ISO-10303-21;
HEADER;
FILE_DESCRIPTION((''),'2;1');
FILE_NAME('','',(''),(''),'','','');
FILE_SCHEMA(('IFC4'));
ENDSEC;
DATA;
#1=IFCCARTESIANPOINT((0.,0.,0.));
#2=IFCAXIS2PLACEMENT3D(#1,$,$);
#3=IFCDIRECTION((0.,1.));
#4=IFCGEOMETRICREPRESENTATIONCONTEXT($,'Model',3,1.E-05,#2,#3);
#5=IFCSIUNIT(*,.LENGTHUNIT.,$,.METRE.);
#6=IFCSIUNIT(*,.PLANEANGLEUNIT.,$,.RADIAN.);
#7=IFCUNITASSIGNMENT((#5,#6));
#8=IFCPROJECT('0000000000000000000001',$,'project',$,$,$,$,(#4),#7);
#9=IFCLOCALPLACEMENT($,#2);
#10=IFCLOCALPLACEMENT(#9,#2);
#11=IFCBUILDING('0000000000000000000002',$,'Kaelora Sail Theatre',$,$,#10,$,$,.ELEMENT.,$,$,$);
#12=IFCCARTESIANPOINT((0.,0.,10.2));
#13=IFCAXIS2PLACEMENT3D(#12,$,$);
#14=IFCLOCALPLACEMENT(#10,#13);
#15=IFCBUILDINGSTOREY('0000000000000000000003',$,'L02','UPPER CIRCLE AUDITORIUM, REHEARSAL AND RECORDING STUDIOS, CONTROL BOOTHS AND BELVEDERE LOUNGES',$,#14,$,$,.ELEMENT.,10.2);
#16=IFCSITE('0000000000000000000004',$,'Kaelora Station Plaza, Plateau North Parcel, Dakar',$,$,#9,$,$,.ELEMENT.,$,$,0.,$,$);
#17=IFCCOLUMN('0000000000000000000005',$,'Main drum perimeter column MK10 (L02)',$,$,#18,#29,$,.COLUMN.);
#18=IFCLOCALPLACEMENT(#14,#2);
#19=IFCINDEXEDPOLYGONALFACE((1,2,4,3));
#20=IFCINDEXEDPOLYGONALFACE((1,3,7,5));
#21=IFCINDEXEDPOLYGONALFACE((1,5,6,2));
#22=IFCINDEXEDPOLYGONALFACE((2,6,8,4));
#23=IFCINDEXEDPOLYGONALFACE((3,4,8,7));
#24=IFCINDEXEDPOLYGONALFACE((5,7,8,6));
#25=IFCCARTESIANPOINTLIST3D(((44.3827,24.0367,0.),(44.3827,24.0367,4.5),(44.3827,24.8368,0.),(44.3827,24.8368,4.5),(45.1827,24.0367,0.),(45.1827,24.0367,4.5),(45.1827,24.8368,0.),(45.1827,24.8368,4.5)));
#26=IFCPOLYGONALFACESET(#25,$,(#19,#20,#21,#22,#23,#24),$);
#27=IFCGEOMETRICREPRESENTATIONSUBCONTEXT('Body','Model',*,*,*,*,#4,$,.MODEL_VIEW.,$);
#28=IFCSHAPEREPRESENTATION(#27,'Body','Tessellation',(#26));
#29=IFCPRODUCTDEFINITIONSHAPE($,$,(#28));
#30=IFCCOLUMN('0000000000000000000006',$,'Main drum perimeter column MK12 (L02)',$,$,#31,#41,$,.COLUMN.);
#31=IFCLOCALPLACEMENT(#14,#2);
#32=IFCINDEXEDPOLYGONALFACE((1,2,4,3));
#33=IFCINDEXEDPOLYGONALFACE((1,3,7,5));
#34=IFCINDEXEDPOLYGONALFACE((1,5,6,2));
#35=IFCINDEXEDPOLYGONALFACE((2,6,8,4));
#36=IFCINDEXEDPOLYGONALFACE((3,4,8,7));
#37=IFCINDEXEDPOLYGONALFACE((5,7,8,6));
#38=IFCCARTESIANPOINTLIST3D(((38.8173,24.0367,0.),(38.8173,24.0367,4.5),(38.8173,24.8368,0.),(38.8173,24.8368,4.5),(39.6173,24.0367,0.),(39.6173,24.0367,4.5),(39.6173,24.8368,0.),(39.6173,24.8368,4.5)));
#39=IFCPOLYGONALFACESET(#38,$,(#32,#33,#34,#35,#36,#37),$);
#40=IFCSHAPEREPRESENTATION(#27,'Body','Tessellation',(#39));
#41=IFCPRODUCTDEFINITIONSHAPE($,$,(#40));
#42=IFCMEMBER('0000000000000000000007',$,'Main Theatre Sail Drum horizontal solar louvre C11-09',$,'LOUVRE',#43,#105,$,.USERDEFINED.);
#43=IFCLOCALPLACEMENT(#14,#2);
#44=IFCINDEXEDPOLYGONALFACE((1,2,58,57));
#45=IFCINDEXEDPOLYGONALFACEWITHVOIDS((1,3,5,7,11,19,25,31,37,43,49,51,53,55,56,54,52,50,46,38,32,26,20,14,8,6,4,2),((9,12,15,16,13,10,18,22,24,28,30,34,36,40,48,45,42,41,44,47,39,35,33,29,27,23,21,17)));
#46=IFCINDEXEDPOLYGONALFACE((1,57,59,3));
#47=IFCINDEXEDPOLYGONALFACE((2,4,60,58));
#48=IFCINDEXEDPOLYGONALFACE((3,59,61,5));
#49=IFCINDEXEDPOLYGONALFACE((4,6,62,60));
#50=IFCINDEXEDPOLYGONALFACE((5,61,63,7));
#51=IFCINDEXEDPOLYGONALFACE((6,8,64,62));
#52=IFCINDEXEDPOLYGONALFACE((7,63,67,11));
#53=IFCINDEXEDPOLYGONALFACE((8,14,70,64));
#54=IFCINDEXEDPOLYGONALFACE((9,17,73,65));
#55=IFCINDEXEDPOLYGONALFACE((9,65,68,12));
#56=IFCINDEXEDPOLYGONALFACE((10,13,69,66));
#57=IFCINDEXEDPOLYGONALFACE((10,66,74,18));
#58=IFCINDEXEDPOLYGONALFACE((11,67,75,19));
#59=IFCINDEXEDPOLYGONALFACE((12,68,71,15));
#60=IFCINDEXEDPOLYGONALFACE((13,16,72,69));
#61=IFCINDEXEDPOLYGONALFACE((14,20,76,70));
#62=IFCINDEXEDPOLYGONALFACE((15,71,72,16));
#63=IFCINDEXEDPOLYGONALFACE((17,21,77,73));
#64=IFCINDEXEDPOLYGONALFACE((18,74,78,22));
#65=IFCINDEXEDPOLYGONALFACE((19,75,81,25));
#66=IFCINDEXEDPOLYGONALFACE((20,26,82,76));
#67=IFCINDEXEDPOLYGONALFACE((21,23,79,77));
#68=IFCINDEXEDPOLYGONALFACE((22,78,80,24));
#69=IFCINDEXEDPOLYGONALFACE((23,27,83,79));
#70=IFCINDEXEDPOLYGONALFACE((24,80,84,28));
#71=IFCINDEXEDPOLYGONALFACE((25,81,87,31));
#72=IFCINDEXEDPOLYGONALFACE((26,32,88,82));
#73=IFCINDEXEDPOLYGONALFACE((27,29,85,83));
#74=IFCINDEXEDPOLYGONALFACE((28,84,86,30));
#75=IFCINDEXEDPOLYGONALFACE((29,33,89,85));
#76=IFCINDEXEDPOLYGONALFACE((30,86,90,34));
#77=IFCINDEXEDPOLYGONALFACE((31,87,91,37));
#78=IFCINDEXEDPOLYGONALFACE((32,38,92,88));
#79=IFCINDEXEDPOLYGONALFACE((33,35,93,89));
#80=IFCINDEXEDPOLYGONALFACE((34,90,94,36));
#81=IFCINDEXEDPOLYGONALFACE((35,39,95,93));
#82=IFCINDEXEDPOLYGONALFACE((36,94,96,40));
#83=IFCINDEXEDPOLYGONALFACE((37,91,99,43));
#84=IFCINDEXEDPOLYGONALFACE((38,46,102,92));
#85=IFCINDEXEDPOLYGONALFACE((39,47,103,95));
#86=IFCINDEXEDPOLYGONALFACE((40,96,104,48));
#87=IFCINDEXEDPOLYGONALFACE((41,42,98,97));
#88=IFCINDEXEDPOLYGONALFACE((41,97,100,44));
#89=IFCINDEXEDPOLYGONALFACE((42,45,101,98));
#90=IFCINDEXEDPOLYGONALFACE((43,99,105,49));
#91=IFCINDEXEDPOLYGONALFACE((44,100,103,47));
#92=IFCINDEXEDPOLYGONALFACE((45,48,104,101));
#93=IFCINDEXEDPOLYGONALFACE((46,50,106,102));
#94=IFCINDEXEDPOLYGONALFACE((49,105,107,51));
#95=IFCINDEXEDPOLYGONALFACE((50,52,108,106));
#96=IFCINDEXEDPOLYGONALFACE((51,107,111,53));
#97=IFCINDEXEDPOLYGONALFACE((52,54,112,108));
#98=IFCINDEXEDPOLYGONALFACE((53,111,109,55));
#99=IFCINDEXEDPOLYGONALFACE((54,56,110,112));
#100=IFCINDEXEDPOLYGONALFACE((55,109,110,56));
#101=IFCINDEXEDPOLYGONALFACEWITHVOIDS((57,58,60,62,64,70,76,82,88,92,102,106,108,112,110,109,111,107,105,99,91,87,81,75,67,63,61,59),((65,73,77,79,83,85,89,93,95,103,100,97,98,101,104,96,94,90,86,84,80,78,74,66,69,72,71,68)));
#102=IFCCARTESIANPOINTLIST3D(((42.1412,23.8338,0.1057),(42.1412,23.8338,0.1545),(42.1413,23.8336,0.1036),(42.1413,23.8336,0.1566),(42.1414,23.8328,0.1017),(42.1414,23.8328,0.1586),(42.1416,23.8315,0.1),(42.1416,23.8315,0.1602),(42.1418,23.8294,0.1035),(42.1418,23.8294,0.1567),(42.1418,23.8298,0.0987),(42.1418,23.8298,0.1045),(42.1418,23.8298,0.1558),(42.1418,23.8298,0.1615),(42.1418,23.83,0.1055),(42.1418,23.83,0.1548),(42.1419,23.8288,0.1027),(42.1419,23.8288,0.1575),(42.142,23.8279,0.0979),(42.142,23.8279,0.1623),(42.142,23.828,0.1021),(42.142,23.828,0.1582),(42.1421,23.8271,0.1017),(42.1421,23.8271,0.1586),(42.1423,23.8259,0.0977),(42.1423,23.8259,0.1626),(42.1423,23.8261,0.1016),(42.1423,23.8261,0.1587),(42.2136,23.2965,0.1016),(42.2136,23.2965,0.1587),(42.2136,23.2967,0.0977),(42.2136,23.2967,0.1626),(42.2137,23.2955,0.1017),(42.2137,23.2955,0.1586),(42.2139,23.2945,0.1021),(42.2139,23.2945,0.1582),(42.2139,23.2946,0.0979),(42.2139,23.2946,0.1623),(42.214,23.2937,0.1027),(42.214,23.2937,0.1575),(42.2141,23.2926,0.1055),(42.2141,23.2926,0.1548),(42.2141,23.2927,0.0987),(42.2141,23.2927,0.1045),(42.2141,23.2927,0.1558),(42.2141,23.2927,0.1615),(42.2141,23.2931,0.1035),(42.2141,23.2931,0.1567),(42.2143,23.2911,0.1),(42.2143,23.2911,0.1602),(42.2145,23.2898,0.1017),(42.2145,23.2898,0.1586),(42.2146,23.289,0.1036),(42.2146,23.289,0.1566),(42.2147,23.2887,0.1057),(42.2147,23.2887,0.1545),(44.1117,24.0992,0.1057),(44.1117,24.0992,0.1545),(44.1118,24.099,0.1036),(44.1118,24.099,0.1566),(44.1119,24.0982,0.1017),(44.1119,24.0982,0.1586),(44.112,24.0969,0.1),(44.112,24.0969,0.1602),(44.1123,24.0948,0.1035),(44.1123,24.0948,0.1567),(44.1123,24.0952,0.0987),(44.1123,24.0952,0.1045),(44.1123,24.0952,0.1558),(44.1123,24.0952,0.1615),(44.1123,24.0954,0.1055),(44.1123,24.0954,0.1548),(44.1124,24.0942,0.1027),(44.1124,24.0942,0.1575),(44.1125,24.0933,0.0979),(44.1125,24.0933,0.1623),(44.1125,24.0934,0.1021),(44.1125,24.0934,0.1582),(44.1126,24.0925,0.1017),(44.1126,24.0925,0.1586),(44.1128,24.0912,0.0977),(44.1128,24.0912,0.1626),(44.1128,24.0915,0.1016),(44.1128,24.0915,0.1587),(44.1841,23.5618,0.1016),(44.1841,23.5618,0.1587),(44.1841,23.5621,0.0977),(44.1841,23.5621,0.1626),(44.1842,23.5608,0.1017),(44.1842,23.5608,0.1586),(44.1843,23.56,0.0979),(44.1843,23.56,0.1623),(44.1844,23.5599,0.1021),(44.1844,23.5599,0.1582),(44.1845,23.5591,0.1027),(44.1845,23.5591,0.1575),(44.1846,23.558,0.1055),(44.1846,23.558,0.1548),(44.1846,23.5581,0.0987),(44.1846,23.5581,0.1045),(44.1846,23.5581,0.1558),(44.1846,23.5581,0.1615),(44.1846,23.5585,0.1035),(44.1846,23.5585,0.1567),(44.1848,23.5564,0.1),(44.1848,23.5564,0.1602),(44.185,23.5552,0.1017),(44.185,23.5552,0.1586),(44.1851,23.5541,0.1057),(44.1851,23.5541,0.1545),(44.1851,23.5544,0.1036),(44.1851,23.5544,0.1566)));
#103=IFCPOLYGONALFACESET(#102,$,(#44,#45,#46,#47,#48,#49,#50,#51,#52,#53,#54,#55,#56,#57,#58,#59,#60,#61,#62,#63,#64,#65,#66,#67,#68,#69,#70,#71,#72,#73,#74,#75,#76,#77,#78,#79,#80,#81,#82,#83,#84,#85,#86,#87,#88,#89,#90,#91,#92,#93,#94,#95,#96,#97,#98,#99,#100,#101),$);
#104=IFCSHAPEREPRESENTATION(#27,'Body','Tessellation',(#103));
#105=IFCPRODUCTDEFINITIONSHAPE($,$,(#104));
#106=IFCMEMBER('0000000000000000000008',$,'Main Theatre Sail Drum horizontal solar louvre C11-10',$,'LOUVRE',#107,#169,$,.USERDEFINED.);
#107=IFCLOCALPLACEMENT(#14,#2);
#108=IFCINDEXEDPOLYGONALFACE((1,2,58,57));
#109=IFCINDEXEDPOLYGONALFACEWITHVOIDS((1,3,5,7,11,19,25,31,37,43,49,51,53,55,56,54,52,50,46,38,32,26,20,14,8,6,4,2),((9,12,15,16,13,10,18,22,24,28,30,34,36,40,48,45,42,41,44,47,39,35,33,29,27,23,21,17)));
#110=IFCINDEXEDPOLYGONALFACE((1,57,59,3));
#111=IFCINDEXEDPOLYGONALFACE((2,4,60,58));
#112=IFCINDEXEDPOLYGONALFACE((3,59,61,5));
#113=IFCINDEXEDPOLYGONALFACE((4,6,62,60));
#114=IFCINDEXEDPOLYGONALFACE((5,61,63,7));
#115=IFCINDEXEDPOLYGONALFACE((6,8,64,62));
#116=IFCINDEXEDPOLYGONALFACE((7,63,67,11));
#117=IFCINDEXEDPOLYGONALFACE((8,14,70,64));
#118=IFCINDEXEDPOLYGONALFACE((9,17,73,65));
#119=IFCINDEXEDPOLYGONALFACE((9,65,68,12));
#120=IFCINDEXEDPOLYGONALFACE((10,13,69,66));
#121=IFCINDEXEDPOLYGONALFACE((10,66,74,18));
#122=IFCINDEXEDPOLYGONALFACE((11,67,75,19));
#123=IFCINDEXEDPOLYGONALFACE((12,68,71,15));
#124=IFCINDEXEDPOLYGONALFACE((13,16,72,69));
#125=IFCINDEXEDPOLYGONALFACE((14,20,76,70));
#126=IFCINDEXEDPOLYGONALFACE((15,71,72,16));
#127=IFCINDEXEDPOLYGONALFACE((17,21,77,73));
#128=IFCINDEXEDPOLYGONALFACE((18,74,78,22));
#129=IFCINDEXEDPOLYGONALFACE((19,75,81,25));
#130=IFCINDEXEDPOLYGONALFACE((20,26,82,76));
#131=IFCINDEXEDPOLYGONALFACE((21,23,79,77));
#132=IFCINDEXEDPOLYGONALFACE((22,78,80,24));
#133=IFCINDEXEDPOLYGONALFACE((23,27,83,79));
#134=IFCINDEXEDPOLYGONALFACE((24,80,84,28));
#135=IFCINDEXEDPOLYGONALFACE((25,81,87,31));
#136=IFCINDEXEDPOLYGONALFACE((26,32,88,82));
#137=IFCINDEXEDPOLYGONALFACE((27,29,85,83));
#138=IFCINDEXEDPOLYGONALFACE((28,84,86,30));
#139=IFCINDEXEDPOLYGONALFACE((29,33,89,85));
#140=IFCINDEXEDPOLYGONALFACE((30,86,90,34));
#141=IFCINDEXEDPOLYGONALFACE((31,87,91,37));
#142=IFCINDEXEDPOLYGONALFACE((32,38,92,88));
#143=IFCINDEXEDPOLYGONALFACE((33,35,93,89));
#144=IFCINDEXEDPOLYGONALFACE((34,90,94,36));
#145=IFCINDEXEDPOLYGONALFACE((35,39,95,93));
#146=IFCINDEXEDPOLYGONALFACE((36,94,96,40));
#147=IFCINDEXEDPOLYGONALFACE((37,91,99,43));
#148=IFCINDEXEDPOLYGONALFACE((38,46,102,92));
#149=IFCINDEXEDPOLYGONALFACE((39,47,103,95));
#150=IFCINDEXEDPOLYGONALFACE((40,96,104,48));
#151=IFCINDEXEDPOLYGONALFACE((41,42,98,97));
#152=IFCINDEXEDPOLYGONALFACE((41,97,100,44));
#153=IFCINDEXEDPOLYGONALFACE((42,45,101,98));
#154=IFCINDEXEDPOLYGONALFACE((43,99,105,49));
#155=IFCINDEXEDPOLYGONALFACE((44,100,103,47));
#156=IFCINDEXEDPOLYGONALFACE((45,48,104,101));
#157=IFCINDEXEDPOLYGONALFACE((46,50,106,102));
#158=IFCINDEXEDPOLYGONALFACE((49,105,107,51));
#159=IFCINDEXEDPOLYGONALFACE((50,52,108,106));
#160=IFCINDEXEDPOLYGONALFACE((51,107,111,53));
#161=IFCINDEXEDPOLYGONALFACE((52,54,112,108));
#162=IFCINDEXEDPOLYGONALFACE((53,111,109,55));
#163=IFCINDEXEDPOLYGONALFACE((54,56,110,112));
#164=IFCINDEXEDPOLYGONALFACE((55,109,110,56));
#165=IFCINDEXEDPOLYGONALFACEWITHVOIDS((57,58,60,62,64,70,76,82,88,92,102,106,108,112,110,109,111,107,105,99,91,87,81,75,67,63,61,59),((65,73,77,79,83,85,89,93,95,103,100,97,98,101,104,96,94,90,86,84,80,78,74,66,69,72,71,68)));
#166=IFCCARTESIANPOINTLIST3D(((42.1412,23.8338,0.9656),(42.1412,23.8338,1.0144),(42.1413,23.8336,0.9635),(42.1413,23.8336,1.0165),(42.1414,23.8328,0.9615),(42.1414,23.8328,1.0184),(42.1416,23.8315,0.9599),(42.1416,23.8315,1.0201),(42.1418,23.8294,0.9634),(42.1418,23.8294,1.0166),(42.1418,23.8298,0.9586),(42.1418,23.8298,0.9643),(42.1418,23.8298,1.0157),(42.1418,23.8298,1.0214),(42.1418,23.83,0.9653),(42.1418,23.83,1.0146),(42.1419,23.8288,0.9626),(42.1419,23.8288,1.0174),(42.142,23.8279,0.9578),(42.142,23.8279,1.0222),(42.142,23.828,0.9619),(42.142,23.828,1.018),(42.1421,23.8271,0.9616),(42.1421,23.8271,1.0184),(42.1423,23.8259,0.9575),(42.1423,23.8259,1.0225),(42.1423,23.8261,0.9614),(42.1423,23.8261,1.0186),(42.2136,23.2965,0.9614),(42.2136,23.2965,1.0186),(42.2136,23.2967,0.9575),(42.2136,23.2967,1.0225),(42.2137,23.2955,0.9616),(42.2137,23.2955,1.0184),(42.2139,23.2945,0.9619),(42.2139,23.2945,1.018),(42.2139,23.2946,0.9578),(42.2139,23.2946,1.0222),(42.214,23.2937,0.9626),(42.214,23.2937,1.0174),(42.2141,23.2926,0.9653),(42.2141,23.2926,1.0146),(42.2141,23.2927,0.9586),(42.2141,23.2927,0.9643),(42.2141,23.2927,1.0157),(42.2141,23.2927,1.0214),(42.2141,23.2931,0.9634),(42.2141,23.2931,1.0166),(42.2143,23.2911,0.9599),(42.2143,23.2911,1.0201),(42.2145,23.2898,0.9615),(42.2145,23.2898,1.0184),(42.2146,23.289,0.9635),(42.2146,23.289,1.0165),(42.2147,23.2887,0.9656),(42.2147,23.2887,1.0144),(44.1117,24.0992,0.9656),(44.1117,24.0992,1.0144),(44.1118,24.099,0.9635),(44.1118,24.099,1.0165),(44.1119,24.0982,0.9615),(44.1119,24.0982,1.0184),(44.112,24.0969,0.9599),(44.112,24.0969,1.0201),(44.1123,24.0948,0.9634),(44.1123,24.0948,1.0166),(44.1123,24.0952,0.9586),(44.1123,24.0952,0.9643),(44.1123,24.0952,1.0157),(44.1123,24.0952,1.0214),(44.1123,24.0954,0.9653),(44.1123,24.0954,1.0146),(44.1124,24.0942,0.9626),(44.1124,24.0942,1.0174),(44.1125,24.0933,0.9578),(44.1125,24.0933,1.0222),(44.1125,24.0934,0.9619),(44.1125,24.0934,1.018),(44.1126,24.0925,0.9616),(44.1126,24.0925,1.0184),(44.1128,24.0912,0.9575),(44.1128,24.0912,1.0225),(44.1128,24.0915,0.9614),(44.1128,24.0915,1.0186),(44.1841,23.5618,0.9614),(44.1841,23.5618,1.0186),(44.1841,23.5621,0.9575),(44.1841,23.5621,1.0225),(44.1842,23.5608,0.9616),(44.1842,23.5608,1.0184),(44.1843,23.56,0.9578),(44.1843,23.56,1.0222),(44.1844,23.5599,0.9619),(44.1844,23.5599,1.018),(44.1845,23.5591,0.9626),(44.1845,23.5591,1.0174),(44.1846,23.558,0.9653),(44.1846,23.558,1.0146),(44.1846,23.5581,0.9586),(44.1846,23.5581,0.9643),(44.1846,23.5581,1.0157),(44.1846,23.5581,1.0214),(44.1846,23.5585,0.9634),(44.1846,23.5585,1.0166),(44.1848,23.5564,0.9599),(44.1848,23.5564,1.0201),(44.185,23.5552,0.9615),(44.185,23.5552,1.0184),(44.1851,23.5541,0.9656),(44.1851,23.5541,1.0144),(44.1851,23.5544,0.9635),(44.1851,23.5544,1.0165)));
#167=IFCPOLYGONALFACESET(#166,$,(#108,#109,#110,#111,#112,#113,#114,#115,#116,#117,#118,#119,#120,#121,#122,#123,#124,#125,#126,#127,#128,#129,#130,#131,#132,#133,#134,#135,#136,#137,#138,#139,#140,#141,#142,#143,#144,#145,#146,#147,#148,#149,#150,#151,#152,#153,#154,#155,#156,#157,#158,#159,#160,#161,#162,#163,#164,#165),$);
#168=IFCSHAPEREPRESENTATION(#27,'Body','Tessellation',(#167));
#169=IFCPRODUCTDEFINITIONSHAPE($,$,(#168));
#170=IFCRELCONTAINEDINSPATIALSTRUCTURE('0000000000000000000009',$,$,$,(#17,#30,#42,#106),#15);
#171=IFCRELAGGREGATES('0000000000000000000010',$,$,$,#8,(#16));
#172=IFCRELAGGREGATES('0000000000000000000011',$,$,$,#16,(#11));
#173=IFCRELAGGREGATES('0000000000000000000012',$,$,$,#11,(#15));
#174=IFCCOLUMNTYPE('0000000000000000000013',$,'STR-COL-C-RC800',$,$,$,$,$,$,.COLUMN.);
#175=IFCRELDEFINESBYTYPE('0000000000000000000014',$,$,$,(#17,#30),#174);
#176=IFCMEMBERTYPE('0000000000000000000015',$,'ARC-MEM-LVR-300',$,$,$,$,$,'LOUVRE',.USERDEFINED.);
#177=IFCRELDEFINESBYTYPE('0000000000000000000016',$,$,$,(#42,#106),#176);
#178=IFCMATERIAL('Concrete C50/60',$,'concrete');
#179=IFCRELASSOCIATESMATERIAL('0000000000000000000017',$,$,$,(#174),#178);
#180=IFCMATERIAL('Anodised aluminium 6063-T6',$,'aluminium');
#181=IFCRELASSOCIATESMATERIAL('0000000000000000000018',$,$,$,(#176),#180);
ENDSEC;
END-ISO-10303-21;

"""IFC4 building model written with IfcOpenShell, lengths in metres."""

from ifc_helpers import new_model, si_unit, direction, frame, origin, origin_2d, place, context, subcontext, project, spatial, rectangle, hollow_rectangle, extrude, material, material_profile, profile_set, type_object, element, save


model = new_model("IFC4")

# Units and contexts
model_context = context("Model", 3, precision=1e-05, world=origin(), true_north=direction((0.0, 1.0)))
body_context = subcontext(model_context, "Body", "Model", "MODEL_VIEW")
ifc_project = project(units=[si_unit("LENGTHUNIT", "METRE"), si_unit("PLANEANGLEUNIT", "RADIAN")], contexts=[model_context])

# Site, building, storey
site_placement = place(None, origin())
site = spatial("IfcSite", under=ifc_project, at=site_placement, Name="Kaelora Station Plaza, Plateau North Parcel, Dakar", CompositionType="ELEMENT", RefElevation=0.0)
building_placement = place(site_placement, origin())
building = spatial("IfcBuilding", under=site, at=building_placement, Name="Kaelora Sail Theatre", CompositionType="ELEMENT")
storey_placement = place(building_placement, frame((0.0, 0.0, 10.2)))
storey = spatial("IfcBuildingStorey", under=building, at=storey_placement, Name="L02", Description="UPPER CIRCLE AUDITORIUM, REHEARSAL AND RECORDING STUDIOS, CONTROL BOOTHS AND BELVEDERE LOUNGES", CompositionType="ELEMENT", Elevation=10.2)

# Columns
ifc_material_1 = material(Name="Concrete C50/60", Category="concrete")
ifc_material_profile_1 = material_profile(ifc_material_1, rectangle(XDim=0.8, YDim=0.8, at=origin_2d()), Name="RC-COL 800x800")
ifc_profile_set_1 = profile_set([ifc_material_profile_1], Name="Concrete C50/60")
column_type = type_object("IfcColumnType", Name="STR-COL-C-RC800", PredefinedType="COLUMN", material=ifc_profile_set_1)
for number, where, z_axis, x_axis, name in (
    (1, (44.7827, 24.4368, 0.0), (0.0, 0.0, 1.0), (1.0, 0.0, 0.0), "Main drum perimeter column MK10 (L02)"),
    (2, (39.2173, 24.4368, 0.0), (0.0, 0.0, 1.0), (1.0, 0.0, 0.0), "Main drum perimeter column MK12 (L02)"),
):
    element("IfcColumn", number, at=place(storey_placement, frame(where, z_axis=z_axis, x_axis=x_axis)), inside=storey, type_object=column_type, Name=name, PredefinedType="COLUMN", context=body_context, shape_type="SweptSolid", body=[
        extrude(rectangle(XDim=0.8, YDim=0.8, at=origin_2d()), origin(), (0.0, 0.0, 1.0), 4.5),
    ])

# Members
ifc_material_2 = material(Name="Anodised aluminium 6063-T6", Category="aluminium")
ifc_material_profile_2 = material_profile(ifc_material_2, hollow_rectangle(XDim=0.55, YDim=0.0649, WallThickness=0.0039, InnerFilletRadius=0.0039, OuterFilletRadius=0.0081, at=origin_2d()), Name="LOUVRE 550x65x4")
ifc_profile_set_2 = profile_set([ifc_material_profile_2], Name="Anodised aluminium 6063-T6")
member_type = type_object("IfcMemberType", Name="ARC-MEM-LVR-300", ElementType="LOUVRE", PredefinedType="USERDEFINED", material=ifc_profile_set_2)
for number, where, z_axis, x_axis, name in (
    (3, (44.1484, 23.8267, 0.1301), (-0.991052, -0.133475, 0.0), (0.133475, -0.991052, 0.0), "Main Theatre Sail Drum horizontal solar louvre C11-09"),
    (4, (44.1484, 23.8267, 0.99), (-0.991052, -0.133475, 0.0), (0.133475, -0.991052, 0.0), "Main Theatre Sail Drum horizontal solar louvre C11-10"),
):
    element("IfcMember", number, at=place(storey_placement, frame(where, z_axis=z_axis, x_axis=x_axis)), inside=storey, type_object=member_type, Name=name, ObjectType="LOUVRE", PredefinedType="USERDEFINED", context=body_context, shape_type="SweptSolid", body=[
        extrude(hollow_rectangle(XDim=0.55, YDim=0.0649, WallThickness=0.0039, InnerFilletRadius=0.0039, OuterFilletRadius=0.0081, at=origin_2d()), origin(), (0.0, 0.0, 1.0), 1.9883),
    ])

save(model, "model.ifc")
